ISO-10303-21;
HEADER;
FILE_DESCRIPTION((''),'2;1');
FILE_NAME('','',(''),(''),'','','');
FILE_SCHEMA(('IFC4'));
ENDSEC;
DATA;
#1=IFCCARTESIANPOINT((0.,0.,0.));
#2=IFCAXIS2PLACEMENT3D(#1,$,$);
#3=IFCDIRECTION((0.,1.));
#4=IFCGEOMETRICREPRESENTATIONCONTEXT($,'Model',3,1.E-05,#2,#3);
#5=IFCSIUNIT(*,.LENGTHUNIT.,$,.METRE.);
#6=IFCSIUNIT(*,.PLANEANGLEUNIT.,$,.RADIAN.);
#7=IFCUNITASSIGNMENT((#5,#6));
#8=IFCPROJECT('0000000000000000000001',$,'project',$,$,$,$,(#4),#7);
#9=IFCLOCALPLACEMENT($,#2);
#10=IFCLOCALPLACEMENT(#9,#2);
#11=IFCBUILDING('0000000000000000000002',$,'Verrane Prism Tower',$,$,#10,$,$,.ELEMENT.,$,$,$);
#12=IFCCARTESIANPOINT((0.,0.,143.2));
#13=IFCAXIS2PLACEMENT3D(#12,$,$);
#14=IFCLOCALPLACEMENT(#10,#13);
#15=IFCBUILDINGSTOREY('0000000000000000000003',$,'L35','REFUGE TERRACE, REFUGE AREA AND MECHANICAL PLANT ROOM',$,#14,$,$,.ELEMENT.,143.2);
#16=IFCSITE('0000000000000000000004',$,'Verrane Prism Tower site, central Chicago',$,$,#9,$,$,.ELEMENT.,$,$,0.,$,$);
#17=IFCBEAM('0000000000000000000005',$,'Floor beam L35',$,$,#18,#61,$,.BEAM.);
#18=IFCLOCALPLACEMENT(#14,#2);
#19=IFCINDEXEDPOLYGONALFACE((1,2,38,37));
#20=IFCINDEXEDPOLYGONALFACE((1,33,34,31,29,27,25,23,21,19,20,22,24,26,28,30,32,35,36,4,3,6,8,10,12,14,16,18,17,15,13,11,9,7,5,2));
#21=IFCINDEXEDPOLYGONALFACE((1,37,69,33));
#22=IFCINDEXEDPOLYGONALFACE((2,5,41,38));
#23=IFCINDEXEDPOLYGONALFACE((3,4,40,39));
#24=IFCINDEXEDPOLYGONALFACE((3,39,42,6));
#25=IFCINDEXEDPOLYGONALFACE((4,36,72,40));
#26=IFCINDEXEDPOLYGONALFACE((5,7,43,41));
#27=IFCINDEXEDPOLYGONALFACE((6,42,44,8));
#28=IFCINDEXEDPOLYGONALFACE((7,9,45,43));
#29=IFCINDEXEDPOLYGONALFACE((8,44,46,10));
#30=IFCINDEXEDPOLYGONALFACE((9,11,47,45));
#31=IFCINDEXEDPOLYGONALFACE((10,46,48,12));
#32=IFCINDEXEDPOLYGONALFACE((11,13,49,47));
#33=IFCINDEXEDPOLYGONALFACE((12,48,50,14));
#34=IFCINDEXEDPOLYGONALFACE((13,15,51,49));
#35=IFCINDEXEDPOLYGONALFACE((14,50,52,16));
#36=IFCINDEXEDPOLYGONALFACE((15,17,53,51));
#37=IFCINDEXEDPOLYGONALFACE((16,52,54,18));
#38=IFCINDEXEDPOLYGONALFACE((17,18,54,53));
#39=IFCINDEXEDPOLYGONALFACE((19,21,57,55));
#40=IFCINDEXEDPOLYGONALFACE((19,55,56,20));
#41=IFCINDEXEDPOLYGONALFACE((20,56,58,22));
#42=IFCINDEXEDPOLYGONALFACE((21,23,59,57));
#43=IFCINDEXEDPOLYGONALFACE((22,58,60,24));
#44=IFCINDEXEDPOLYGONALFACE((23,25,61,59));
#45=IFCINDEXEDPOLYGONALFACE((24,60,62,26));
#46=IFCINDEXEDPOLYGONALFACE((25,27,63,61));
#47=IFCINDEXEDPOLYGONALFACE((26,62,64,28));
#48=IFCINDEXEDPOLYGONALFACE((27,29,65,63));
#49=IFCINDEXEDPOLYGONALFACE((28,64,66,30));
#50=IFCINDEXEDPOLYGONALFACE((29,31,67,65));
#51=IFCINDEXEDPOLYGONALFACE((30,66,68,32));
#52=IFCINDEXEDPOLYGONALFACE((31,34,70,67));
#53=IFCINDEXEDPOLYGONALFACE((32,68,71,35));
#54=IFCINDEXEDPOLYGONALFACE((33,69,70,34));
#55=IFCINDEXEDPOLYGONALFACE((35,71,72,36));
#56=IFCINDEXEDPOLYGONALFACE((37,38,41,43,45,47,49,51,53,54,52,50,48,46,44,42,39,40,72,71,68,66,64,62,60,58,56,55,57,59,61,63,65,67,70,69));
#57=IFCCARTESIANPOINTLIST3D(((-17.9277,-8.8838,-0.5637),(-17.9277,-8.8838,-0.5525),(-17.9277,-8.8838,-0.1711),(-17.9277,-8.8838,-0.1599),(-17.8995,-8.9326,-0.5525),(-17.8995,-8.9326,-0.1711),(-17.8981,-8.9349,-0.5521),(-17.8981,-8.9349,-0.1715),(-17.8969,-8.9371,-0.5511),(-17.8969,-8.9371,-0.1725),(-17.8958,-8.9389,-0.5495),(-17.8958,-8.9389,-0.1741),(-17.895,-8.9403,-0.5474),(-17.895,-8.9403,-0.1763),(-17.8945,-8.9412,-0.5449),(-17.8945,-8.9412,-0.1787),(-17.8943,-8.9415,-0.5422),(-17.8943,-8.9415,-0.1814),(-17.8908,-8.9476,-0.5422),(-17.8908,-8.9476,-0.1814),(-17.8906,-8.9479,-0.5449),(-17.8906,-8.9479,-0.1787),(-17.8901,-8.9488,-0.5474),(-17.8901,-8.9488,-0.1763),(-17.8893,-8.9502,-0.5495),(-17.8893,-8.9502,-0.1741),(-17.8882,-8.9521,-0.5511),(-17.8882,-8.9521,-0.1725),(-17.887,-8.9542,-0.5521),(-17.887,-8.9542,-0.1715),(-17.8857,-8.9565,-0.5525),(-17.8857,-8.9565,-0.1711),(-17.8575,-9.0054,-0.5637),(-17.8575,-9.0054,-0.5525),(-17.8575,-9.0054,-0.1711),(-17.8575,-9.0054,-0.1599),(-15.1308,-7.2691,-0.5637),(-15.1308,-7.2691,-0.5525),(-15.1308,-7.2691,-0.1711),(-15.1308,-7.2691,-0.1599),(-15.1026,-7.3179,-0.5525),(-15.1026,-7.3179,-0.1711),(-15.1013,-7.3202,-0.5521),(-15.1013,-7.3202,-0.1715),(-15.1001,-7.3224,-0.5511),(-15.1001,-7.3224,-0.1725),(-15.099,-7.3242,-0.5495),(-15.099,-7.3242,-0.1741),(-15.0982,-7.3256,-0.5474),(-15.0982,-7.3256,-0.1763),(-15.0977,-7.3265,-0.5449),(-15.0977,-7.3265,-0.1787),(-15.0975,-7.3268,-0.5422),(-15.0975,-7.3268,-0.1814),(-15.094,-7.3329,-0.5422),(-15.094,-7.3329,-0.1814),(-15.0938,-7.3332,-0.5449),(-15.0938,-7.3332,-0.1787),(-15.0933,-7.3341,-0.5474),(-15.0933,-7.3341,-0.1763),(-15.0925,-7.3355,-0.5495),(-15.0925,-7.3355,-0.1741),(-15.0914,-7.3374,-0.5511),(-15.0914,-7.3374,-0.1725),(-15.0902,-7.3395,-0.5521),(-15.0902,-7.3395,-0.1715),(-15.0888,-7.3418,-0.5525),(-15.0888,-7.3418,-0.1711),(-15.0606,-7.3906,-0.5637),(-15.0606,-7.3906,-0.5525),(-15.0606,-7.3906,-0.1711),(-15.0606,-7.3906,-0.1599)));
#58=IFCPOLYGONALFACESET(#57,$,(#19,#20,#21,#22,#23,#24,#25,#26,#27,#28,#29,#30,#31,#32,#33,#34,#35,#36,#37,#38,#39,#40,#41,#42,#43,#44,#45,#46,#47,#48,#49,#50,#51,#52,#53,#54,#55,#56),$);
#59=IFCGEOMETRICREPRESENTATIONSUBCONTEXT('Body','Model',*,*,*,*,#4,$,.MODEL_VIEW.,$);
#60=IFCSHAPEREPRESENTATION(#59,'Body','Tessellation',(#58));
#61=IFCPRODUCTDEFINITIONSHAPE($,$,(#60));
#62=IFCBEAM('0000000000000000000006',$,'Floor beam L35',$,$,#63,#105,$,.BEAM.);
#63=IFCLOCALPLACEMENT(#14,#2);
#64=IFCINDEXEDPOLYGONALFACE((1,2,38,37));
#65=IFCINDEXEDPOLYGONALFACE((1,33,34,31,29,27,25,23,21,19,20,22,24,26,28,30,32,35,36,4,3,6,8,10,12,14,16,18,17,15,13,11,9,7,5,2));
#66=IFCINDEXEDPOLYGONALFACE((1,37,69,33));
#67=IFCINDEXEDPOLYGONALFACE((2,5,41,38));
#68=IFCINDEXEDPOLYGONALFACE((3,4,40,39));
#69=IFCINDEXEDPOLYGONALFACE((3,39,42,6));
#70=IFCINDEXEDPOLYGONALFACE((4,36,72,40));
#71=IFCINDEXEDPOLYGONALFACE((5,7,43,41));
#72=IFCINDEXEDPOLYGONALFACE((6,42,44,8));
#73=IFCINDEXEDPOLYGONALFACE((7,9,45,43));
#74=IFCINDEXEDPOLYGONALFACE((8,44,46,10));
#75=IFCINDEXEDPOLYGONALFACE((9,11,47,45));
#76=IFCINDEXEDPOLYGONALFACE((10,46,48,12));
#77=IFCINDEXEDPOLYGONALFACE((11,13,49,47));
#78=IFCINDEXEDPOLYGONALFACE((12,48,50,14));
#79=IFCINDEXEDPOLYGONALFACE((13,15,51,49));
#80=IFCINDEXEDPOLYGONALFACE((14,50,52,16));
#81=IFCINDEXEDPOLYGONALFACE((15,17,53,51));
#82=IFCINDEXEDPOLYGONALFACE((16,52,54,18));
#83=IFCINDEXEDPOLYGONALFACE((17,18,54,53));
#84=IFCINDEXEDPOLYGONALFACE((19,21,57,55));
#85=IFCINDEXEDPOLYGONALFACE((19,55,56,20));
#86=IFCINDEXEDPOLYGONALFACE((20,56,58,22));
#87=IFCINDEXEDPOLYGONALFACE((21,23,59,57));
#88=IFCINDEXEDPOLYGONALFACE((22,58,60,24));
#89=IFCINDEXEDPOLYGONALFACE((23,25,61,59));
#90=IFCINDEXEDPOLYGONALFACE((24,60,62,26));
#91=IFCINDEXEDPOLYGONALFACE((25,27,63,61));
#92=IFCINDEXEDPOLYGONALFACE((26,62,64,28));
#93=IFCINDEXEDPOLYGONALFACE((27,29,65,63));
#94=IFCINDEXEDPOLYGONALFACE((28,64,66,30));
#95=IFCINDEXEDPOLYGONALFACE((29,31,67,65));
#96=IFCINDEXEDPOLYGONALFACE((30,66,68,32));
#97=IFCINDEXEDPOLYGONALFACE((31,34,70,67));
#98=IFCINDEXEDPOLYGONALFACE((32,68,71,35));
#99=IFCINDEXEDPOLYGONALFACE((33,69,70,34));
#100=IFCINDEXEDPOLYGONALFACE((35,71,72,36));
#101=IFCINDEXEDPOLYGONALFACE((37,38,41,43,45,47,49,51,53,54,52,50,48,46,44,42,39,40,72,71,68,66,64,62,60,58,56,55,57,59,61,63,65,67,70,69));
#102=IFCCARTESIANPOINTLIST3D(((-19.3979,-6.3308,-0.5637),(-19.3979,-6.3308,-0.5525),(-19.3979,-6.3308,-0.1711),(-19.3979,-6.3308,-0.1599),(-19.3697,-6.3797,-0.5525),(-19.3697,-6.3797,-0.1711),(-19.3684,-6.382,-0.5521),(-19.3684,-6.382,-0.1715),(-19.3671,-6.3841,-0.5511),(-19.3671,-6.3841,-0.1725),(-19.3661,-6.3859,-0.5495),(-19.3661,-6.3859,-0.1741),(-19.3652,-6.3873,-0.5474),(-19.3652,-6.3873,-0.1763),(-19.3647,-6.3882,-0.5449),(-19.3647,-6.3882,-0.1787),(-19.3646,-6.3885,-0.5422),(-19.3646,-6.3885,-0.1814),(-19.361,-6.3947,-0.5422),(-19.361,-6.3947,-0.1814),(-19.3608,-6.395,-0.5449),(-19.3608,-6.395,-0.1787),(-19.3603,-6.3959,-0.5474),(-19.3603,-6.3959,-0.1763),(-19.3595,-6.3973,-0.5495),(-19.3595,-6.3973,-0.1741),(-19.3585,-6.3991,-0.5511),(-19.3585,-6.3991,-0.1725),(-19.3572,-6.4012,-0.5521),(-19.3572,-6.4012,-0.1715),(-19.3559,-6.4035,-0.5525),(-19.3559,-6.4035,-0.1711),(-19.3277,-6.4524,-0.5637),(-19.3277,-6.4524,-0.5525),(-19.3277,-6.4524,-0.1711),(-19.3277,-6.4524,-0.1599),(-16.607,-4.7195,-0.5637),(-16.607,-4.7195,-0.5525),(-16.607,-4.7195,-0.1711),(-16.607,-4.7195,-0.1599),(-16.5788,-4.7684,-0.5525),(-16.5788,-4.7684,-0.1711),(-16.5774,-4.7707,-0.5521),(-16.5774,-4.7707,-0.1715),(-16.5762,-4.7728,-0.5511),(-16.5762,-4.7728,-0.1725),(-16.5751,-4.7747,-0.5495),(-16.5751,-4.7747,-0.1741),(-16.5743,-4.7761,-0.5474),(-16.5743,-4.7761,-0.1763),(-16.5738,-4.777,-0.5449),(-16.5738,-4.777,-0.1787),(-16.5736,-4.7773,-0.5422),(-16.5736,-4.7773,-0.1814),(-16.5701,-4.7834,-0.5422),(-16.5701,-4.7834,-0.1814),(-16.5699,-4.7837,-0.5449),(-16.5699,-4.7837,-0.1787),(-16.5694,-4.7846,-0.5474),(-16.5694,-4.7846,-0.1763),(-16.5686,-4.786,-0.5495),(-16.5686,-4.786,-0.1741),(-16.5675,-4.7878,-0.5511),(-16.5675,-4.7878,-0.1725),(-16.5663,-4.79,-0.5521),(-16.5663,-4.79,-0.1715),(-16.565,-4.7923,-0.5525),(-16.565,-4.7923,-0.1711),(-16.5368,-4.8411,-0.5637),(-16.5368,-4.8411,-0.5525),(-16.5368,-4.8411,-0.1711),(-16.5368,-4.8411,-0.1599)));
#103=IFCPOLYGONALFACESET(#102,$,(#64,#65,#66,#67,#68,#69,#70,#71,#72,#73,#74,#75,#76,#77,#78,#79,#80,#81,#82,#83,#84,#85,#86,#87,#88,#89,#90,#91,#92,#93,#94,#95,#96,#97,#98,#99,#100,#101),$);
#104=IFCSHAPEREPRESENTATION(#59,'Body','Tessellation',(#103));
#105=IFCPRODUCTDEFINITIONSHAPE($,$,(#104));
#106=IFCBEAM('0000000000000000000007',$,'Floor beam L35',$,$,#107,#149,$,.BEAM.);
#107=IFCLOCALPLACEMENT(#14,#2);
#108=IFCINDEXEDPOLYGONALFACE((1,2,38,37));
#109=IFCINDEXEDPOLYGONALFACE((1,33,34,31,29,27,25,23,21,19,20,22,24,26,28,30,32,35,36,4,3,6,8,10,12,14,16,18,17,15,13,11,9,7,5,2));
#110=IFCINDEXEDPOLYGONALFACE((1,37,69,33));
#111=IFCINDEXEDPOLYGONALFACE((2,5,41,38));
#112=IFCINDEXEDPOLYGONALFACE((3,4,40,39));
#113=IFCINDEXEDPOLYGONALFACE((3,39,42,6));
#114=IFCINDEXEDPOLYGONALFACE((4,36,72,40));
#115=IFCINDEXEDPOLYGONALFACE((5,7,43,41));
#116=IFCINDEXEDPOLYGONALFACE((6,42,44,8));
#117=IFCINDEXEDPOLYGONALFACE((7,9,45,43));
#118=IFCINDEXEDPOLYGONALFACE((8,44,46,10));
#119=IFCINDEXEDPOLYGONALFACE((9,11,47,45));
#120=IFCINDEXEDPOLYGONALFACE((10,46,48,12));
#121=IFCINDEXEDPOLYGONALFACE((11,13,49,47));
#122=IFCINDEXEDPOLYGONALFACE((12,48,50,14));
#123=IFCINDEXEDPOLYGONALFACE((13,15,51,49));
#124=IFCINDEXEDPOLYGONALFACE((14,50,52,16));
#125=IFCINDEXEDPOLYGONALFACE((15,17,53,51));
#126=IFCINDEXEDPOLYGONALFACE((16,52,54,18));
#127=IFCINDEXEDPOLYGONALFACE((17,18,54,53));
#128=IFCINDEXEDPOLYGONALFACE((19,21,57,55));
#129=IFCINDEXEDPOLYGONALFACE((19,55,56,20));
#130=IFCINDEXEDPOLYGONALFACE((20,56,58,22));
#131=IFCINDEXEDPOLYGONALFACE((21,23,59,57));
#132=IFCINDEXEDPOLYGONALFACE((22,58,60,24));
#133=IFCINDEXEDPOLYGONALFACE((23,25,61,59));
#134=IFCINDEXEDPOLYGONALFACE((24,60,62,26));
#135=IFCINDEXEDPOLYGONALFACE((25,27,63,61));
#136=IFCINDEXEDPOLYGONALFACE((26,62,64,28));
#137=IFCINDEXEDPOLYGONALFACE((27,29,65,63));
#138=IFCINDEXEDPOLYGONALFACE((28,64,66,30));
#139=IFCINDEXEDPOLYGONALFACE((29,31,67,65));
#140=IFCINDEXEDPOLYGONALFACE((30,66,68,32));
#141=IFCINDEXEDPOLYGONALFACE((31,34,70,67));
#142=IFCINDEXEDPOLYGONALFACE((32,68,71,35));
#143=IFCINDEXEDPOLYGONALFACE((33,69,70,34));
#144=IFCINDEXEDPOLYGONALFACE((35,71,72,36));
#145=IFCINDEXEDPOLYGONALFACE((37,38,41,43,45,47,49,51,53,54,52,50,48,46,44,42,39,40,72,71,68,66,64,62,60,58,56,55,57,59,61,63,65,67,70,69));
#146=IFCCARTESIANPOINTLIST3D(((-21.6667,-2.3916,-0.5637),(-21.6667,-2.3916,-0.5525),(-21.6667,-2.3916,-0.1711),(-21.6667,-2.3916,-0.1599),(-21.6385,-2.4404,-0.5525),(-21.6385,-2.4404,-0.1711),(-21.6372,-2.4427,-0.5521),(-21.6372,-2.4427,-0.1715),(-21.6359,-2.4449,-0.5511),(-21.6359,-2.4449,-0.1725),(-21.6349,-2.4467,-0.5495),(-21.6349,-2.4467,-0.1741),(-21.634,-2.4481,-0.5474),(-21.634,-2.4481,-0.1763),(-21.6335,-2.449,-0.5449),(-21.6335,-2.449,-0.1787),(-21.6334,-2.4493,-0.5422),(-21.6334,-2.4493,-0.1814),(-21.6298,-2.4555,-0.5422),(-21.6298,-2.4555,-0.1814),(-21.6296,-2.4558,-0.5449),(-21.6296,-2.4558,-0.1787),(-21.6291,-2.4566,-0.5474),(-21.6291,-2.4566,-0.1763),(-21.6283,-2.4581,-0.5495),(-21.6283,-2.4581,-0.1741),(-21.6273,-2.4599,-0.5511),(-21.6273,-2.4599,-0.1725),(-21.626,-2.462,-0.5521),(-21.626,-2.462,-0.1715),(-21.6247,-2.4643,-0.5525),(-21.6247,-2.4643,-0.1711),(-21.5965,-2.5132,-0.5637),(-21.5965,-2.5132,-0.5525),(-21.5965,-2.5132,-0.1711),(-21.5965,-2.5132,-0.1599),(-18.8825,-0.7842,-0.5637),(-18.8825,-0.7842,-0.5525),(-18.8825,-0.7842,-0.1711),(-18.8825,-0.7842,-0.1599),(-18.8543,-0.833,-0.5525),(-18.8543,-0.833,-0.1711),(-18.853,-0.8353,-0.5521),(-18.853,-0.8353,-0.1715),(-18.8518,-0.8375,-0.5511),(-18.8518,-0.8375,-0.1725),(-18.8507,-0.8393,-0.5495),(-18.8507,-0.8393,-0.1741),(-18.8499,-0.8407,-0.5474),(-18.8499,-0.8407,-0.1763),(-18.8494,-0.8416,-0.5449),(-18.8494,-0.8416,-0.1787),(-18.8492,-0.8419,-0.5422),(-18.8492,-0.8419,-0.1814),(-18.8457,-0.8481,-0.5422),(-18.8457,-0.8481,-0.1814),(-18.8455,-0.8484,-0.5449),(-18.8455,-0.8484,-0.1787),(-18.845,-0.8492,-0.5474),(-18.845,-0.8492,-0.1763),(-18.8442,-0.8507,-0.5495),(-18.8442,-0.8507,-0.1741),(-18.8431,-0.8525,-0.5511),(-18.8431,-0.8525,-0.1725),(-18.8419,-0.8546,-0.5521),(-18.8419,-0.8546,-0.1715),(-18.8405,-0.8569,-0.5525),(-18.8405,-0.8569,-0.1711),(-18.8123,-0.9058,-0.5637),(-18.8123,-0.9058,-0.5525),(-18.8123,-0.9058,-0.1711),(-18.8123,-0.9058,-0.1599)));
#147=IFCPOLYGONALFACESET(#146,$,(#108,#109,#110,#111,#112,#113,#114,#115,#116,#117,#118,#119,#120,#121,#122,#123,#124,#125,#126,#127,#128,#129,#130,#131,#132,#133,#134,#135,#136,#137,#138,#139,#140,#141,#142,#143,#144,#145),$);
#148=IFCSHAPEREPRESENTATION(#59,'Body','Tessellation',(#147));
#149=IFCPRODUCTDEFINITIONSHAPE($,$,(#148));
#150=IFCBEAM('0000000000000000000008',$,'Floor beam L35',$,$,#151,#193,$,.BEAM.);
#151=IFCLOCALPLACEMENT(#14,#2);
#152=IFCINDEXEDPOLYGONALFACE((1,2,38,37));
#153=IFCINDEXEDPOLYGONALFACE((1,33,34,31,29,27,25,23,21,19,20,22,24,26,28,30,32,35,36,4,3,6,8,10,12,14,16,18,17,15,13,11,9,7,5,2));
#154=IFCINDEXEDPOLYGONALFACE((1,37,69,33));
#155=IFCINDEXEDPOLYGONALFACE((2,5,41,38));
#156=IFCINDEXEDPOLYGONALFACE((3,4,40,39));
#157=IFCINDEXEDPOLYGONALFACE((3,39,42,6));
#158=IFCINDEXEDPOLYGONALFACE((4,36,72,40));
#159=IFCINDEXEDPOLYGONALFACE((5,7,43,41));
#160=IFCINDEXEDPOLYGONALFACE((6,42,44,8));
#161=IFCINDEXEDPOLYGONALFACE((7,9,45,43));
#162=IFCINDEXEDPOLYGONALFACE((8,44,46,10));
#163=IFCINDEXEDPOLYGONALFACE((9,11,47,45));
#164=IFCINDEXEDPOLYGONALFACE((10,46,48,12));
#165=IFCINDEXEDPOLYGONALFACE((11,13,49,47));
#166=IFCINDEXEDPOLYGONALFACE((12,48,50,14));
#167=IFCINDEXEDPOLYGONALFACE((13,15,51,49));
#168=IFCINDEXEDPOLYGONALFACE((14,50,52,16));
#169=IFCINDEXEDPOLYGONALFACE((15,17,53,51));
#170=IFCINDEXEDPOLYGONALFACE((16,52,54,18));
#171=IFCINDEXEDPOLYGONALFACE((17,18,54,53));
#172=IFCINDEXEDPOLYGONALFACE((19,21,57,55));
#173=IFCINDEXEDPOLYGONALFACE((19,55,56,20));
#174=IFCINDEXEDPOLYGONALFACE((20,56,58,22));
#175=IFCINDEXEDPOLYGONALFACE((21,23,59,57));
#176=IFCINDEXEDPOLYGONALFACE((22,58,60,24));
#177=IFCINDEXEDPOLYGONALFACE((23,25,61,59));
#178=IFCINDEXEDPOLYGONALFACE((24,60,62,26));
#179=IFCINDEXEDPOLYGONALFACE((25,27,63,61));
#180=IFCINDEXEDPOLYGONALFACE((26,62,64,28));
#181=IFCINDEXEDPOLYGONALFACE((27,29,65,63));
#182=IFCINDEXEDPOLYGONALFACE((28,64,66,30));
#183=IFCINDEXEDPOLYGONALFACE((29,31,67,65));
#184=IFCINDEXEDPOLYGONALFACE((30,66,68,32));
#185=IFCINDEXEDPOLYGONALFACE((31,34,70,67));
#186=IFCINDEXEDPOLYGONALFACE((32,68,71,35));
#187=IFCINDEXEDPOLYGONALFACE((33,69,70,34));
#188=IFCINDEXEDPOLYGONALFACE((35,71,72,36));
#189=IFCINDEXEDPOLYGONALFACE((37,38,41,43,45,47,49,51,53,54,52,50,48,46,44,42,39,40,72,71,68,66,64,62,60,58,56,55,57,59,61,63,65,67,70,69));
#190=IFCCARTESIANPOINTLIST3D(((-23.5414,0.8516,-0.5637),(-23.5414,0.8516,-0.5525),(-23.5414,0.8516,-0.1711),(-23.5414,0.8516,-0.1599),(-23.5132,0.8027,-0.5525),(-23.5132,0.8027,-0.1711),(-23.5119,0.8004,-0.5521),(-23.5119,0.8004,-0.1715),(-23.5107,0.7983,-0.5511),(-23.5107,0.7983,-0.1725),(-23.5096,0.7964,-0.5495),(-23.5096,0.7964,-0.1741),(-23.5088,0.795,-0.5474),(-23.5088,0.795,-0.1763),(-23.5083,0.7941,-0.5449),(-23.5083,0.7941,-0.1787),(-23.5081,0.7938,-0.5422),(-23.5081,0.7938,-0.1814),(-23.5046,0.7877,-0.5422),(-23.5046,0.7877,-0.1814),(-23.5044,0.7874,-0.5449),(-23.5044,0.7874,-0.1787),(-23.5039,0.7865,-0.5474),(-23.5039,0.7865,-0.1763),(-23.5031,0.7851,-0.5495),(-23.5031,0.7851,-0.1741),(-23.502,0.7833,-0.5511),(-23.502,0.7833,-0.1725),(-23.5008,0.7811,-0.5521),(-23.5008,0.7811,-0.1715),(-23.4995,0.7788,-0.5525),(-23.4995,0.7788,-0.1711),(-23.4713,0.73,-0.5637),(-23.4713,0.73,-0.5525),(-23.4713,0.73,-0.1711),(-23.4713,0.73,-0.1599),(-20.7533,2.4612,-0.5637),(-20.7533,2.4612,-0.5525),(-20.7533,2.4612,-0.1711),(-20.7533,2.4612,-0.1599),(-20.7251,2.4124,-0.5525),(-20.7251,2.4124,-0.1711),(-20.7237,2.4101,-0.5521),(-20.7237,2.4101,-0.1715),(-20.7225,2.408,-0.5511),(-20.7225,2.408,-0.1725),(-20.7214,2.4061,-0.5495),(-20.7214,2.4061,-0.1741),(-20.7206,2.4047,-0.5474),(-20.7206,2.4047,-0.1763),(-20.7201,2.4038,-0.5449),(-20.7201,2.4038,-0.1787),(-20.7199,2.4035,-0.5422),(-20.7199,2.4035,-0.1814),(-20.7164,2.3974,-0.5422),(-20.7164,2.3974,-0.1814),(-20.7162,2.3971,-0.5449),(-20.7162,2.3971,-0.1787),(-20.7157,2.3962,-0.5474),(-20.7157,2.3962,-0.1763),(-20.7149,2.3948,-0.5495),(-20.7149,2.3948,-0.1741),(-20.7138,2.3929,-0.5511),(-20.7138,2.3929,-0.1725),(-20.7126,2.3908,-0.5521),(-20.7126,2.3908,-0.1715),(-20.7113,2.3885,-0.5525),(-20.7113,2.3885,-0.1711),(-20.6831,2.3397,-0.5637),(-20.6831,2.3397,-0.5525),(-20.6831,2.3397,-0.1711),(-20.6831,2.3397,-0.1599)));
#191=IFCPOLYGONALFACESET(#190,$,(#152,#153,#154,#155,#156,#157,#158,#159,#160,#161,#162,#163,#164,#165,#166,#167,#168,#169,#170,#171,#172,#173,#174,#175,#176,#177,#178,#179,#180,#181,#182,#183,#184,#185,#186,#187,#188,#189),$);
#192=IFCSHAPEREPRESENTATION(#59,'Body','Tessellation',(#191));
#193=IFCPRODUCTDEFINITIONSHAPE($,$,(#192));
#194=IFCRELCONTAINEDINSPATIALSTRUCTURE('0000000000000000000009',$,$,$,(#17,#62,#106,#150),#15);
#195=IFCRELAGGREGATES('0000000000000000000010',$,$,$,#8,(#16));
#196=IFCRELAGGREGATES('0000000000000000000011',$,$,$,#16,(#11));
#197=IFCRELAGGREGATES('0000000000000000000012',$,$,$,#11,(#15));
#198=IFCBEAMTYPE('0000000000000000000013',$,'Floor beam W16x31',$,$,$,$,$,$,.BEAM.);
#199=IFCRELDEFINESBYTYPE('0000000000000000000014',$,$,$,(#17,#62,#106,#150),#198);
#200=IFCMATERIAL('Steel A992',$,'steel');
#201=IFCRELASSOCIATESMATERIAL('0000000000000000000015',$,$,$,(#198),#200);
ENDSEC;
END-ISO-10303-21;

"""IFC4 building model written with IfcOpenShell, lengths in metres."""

from ifc_helpers import new_model, si_unit, direction, frame, origin, origin_2d, place, context, subcontext, project, spatial, i_section, extrude, material, material_profile, profile_set, type_object, element, save


model = new_model("IFC4")

# Units and contexts
model_context = context("Model", 3, precision=1e-05, world=origin(), true_north=direction((0.0, 1.0)))
body_context = subcontext(model_context, "Body", "Model", "MODEL_VIEW")
ifc_project = project(units=[si_unit("LENGTHUNIT", "METRE"), si_unit("PLANEANGLEUNIT", "RADIAN")], contexts=[model_context])

# Site, building, storey
site_placement = place(None, origin())
site = spatial("IfcSite", under=ifc_project, at=site_placement, Name="Verrane Prism Tower site, central Chicago", CompositionType="ELEMENT", RefElevation=0.0)
building_placement = place(site_placement, origin())
building = spatial("IfcBuilding", under=site, at=building_placement, Name="Verrane Prism Tower", CompositionType="ELEMENT")
storey_placement = place(building_placement, frame((0.0, 0.0, 143.2)))
storey = spatial("IfcBuildingStorey", under=building, at=storey_placement, Name="L35", Description="REFUGE TERRACE, REFUGE AREA AND MECHANICAL PLANT ROOM", CompositionType="ELEMENT", Elevation=143.2)

# Beams
ifc_material_1 = material(Name="Steel A992", Category="steel")
ifc_material_profile_1 = material_profile(ifc_material_1, i_section(OverallWidth=0.1404, OverallDepth=0.4038, WebThickness=0.0071, FlangeThickness=0.0112, FilletRadius=0.0103, at=origin_2d()), Name="W16x31")
ifc_profile_set_1 = profile_set([ifc_material_profile_1], Name="Steel A992")
beam_type_1 = type_object("IfcBeamType", Name="Floor beam W16x31", PredefinedType="BEAM", material=ifc_profile_set_1)
beam_1_placement = place(storey_placement, frame((-17.8926, -8.9446, -0.3618), z_axis=(0.866029, 0.499993, 0.0), x_axis=(-0.499993, 0.866029, 0.0)))
element("IfcBeam", 1, at=beam_1_placement, inside=storey, type_object=beam_type_1, Name="Floor beam L35", PredefinedType="BEAM", context=body_context, shape_type="SweptSolid", body=[
    extrude(i_section(OverallWidth=0.1404, OverallDepth=0.4038, WebThickness=0.0071, FlangeThickness=0.0112, FilletRadius=0.0103, at=origin_2d()), origin(), (0.0, 0.0, 1.0), 3.2295),
])
beam_2_placement = place(storey_placement, frame((-19.3628, -6.3916, -0.3618), z_axis=(0.866034, 0.499985, 0.0), x_axis=(-0.499985, 0.866034, 0.0)))
element("IfcBeam", 2, at=beam_2_placement, inside=storey, type_object=beam_type_1, Name="Floor beam L35", PredefinedType="BEAM", context=body_context, shape_type="SweptSolid", body=[
    extrude(i_section(OverallWidth=0.1404, OverallDepth=0.4038, WebThickness=0.0071, FlangeThickness=0.0112, FilletRadius=0.0103, at=origin_2d()), origin(), (0.0, 0.0, 1.0), 3.2227),
])
beam_3_placement = place(storey_placement, frame((-21.6316, -2.4524, -0.3618), z_axis=(0.866029, 0.499994, 0.0), x_axis=(-0.499994, 0.866029, 0.0)))
element("IfcBeam", 3, at=beam_3_placement, inside=storey, type_object=beam_type_1, Name="Floor beam L35", PredefinedType="BEAM", context=body_context, shape_type="SweptSolid", body=[
    extrude(i_section(OverallWidth=0.1404, OverallDepth=0.4038, WebThickness=0.0071, FlangeThickness=0.0112, FilletRadius=0.0103, at=origin_2d()), origin(), (0.0, 0.0, 1.0), 3.2148),
])
beam_4_placement = place(storey_placement, frame((-23.5063, 0.7908, -0.3618), z_axis=(0.866037, 0.499981, 0.0), x_axis=(-0.499981, 0.866037, 0.0)))
element("IfcBeam", 4, at=beam_4_placement, inside=storey, type_object=beam_type_1, Name="Floor beam L35", PredefinedType="BEAM", context=body_context, shape_type="SweptSolid", body=[
    extrude(i_section(OverallWidth=0.1404, OverallDepth=0.4038, WebThickness=0.0071, FlangeThickness=0.0112, FilletRadius=0.0103, at=origin_2d()), origin(), (0.0, 0.0, 1.0), 3.2195),
])

save(model, "model.ifc")
